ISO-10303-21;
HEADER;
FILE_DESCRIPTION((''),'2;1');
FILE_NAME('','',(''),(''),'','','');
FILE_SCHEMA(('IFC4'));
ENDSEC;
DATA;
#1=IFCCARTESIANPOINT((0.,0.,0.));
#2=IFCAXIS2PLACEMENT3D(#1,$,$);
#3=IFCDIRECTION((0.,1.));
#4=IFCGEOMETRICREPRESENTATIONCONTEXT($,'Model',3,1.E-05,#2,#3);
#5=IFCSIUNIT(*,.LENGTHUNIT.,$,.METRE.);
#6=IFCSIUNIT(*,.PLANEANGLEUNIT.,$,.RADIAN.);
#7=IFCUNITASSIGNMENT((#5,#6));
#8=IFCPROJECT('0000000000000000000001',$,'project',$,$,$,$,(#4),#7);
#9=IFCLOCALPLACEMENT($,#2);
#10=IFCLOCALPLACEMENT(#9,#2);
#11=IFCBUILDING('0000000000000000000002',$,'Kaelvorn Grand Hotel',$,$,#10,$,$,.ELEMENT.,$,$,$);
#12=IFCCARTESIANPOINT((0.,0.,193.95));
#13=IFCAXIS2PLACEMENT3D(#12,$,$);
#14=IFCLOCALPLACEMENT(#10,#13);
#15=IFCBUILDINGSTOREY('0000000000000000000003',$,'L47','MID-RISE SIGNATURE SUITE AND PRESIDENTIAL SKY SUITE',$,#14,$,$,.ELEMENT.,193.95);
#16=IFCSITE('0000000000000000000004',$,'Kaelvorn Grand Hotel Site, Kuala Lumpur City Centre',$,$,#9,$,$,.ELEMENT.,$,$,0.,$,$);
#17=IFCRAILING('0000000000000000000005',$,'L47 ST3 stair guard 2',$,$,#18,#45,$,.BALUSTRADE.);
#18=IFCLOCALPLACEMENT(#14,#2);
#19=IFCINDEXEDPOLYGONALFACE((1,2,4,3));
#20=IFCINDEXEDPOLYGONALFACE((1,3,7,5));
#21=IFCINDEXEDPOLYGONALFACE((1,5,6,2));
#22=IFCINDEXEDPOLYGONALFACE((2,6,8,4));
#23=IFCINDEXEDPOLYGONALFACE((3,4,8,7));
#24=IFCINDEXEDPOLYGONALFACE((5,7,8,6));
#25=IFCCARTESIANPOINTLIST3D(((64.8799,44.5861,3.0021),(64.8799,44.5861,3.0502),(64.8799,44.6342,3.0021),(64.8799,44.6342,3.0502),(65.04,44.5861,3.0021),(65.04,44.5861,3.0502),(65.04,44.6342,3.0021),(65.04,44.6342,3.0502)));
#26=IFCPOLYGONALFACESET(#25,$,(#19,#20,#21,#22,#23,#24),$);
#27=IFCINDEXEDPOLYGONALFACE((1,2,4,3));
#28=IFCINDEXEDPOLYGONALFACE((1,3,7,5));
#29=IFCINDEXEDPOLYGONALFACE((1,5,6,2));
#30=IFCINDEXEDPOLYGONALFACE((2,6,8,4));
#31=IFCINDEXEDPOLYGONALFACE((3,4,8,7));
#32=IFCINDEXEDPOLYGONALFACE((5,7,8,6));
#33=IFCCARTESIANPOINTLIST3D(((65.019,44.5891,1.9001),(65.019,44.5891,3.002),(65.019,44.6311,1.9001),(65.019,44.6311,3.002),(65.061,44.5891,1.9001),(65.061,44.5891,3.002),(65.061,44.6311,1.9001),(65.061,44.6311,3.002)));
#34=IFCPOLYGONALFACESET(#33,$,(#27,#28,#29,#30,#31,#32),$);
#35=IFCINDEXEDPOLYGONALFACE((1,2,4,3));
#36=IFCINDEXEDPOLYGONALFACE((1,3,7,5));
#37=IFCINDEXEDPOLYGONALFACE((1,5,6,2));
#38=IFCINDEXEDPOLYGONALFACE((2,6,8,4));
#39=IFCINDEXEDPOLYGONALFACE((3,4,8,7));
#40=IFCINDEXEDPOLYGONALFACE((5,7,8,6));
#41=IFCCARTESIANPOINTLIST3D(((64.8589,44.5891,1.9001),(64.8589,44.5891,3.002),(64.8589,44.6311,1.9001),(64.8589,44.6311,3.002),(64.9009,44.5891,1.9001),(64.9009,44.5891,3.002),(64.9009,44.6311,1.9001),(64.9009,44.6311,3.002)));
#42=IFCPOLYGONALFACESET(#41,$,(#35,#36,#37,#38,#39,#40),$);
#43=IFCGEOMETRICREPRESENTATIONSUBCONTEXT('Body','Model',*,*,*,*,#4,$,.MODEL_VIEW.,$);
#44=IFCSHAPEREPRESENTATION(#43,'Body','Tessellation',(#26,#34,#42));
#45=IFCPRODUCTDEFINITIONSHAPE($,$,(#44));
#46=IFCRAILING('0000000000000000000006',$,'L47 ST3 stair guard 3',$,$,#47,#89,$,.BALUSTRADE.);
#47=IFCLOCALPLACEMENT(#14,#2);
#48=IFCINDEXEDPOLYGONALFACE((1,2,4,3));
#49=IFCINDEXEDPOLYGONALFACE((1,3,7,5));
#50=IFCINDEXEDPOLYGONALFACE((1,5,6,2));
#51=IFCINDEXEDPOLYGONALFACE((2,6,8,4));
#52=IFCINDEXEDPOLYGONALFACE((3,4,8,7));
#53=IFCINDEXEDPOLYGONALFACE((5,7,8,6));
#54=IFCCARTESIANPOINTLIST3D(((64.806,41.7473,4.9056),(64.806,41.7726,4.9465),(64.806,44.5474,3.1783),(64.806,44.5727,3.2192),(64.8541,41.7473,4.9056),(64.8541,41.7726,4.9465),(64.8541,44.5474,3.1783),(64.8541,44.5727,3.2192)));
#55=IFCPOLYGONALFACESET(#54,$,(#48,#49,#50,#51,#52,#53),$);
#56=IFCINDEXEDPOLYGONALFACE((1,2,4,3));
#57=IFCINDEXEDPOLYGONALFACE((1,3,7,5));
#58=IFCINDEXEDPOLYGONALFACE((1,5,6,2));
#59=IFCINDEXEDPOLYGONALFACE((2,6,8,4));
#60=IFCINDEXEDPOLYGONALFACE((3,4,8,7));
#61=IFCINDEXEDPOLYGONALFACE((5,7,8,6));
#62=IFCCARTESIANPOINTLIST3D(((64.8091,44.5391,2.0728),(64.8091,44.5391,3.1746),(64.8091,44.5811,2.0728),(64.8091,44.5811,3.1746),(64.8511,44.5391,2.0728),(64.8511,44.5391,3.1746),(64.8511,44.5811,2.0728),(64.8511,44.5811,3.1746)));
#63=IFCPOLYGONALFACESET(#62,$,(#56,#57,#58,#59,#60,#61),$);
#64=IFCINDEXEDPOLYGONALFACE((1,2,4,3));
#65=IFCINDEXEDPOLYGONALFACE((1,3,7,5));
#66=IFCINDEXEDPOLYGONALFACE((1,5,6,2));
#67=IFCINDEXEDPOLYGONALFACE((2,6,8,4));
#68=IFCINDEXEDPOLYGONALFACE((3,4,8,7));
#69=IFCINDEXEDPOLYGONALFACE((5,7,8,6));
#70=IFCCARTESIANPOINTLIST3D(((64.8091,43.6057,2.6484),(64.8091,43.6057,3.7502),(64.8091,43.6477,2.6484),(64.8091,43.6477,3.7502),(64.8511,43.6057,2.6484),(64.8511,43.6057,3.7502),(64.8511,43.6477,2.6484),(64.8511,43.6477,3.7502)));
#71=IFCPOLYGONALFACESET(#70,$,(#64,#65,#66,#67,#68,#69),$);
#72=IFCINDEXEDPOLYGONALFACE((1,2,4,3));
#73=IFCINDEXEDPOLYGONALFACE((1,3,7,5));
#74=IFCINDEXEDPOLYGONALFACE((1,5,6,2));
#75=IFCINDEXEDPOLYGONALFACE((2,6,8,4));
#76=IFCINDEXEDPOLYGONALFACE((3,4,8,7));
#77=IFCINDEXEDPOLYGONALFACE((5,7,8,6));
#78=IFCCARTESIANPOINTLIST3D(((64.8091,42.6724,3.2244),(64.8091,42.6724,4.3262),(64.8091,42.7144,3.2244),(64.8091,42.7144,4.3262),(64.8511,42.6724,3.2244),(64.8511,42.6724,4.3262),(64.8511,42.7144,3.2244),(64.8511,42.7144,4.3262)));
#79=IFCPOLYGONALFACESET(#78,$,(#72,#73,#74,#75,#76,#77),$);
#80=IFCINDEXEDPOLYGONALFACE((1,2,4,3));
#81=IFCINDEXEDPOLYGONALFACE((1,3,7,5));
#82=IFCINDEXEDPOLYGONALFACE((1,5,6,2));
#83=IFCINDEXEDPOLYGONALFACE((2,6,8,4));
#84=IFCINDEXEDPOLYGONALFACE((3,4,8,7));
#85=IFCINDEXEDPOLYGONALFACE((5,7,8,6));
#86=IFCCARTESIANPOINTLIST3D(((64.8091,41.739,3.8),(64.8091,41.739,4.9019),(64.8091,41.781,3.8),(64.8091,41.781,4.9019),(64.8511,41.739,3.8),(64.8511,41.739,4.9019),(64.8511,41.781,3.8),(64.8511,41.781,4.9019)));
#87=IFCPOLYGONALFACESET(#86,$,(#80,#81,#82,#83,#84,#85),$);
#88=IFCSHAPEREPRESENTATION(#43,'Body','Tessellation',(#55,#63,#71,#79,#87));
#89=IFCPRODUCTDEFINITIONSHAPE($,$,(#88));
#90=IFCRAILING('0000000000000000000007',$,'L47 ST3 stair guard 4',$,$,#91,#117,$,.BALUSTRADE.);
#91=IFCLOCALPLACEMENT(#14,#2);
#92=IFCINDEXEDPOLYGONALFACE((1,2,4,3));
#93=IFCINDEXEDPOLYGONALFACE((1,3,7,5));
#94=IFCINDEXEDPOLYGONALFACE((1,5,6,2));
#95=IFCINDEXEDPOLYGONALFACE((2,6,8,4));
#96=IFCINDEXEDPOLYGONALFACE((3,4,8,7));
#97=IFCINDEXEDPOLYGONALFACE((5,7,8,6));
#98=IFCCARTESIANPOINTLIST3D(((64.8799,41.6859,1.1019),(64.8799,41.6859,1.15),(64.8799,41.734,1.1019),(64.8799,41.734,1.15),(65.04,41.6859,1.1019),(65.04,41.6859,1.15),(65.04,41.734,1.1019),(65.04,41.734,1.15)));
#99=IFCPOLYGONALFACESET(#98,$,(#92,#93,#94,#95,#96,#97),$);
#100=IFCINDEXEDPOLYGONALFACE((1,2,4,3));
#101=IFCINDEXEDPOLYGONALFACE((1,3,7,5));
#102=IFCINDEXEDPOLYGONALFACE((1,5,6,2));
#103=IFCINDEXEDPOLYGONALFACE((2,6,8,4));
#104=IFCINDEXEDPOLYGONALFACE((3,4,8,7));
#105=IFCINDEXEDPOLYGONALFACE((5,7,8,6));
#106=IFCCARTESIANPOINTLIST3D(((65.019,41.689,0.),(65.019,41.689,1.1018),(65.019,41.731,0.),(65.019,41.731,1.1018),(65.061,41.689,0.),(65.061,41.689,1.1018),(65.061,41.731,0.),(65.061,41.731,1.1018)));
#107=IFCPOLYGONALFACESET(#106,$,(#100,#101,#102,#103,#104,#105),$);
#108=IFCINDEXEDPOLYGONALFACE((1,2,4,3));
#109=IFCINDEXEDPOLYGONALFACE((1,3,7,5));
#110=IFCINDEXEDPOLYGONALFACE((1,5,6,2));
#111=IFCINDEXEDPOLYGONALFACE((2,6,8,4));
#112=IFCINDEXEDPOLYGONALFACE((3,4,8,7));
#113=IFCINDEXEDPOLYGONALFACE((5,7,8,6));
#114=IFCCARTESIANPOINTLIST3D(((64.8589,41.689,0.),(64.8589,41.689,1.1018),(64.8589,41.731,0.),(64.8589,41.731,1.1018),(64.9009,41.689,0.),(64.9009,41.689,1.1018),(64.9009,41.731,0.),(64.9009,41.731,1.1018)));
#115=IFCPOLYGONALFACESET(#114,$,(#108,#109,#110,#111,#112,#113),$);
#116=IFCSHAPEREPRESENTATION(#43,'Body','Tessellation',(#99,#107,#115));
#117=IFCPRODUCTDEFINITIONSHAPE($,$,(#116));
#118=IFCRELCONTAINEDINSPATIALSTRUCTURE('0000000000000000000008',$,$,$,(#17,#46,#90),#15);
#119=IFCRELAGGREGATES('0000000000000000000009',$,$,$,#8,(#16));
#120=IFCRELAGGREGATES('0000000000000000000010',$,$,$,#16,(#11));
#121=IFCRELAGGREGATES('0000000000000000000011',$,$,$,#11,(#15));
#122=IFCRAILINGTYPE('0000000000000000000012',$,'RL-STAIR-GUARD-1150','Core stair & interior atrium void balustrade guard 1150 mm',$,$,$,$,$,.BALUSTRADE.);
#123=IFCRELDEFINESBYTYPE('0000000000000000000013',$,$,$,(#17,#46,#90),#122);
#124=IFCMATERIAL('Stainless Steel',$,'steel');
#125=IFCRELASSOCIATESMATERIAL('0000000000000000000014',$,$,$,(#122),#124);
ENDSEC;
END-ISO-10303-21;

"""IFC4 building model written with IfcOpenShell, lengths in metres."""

from ifc_helpers import new_model, si_unit, direction, frame, origin, origin_2d, place, context, subcontext, project, spatial, rectangle, extrude, material, type_object, element, save


model = new_model("IFC4")

# Units and contexts
model_context = context("Model", 3, precision=1e-05, world=origin(), true_north=direction((0.0, 1.0)))
body_context = subcontext(model_context, "Body", "Model", "MODEL_VIEW")
ifc_project = project(units=[si_unit("LENGTHUNIT", "METRE"), si_unit("PLANEANGLEUNIT", "RADIAN")], contexts=[model_context])

# Site, building, storey
site_placement = place(None, origin())
site = spatial("IfcSite", under=ifc_project, at=site_placement, Name="Kaelvorn Grand Hotel Site, Kuala Lumpur City Centre", CompositionType="ELEMENT", RefElevation=0.0)
building_placement = place(site_placement, origin())
building = spatial("IfcBuilding", under=site, at=building_placement, Name="Kaelvorn Grand Hotel", CompositionType="ELEMENT")
storey_placement = place(building_placement, frame((0.0, 0.0, 193.95)))
storey = spatial("IfcBuildingStorey", under=building, at=storey_placement, Name="L47", Description="MID-RISE SIGNATURE SUITE AND PRESIDENTIAL SKY SUITE", CompositionType="ELEMENT", Elevation=193.95)

# Shared definitions
ifc_material_1 = material(Name="Stainless Steel", Category="steel")

# Railings
railing_type_1 = type_object("IfcRailingType", Name="RL-STAIR-GUARD-1150", Description="Core stair & interior atrium void balustrade guard 1150 mm", PredefinedType="BALUSTRADE", material=ifc_material_1)
railing_1_placement = place(storey_placement, frame((65.04, 44.6101, 1.9001)))
element("IfcRailing", 1, at=railing_1_placement, inside=storey, type_object=railing_type_1, Name="L47 ST3 stair guard 2", PredefinedType="BALUSTRADE", context=body_context, shape_type="SweptSolid", body=[
    extrude(rectangle(XDim=0.0481, YDim=0.0481, at=origin_2d()), frame((0.0, 0.0, 1.126), z_axis=(-1.0, 0.0, 0.0), x_axis=(0.0, -1.0, 0.0)), (0.0, 0.0, 1.0), 0.1602),
    extrude(rectangle(XDim=0.042, YDim=0.042, at=origin_2d()), origin(), (0.0, 0.0, 1.0), 1.1018),
    extrude(rectangle(XDim=0.042, YDim=0.042, at=origin_2d()), frame((-0.1602, 0.0, 0.0)), (0.0, 0.0, 1.0), 1.1018),
])
railing_2_placement = place(storey_placement, frame((64.8301, 44.5601, 2.0728)))
element("IfcRailing", 2, at=railing_2_placement, inside=storey, type_object=railing_type_1, Name="L47 ST3 stair guard 3", PredefinedType="BALUSTRADE", context=body_context, shape_type="SweptSolid", body=[
    extrude(rectangle(XDim=0.0481, YDim=0.0481, at=origin_2d()), frame((0.0, 0.0, 1.126), z_axis=(0.0, -0.85109, 0.52502), x_axis=(1.0, 0.0, 0.0)), (0.0, 0.0, 1.0), 3.29),
    extrude(rectangle(XDim=0.042, YDim=0.042, at=origin_2d()), origin(), (0.0, 0.0, 1.0), 1.1018),
    extrude(rectangle(XDim=0.042, YDim=0.042, at=origin_2d()), frame((0.0, -0.9333, 0.5757)), (0.0, 0.0, 1.0), 1.1018),
    extrude(rectangle(XDim=0.042, YDim=0.042, at=origin_2d()), frame((0.0, -1.8667, 1.1516)), (0.0, 0.0, 1.0), 1.1018),
    extrude(rectangle(XDim=0.042, YDim=0.042, at=origin_2d()), frame((0.0, -2.8, 1.7273)), (0.0, 0.0, 1.0), 1.1018),
])
railing_3_placement = place(storey_placement, frame((65.04, 41.71, 0.0)))
element("IfcRailing", 3, at=railing_3_placement, inside=storey, type_object=railing_type_1, Name="L47 ST3 stair guard 4", PredefinedType="BALUSTRADE", context=body_context, shape_type="SweptSolid", body=[
    extrude(rectangle(XDim=0.0481, YDim=0.0481, at=origin_2d()), frame((0.0, 0.0, 1.126), z_axis=(-1.0, 0.0, 0.0), x_axis=(0.0, -1.0, 0.0)), (0.0, 0.0, 1.0), 0.1602),
    extrude(rectangle(XDim=0.042, YDim=0.042, at=origin_2d()), origin(), (0.0, 0.0, 1.0), 1.1018),
    extrude(rectangle(XDim=0.042, YDim=0.042, at=origin_2d()), frame((-0.1602, 0.0, 0.0)), (0.0, 0.0, 1.0), 1.1018),
])

save(model, "model.ifc")
